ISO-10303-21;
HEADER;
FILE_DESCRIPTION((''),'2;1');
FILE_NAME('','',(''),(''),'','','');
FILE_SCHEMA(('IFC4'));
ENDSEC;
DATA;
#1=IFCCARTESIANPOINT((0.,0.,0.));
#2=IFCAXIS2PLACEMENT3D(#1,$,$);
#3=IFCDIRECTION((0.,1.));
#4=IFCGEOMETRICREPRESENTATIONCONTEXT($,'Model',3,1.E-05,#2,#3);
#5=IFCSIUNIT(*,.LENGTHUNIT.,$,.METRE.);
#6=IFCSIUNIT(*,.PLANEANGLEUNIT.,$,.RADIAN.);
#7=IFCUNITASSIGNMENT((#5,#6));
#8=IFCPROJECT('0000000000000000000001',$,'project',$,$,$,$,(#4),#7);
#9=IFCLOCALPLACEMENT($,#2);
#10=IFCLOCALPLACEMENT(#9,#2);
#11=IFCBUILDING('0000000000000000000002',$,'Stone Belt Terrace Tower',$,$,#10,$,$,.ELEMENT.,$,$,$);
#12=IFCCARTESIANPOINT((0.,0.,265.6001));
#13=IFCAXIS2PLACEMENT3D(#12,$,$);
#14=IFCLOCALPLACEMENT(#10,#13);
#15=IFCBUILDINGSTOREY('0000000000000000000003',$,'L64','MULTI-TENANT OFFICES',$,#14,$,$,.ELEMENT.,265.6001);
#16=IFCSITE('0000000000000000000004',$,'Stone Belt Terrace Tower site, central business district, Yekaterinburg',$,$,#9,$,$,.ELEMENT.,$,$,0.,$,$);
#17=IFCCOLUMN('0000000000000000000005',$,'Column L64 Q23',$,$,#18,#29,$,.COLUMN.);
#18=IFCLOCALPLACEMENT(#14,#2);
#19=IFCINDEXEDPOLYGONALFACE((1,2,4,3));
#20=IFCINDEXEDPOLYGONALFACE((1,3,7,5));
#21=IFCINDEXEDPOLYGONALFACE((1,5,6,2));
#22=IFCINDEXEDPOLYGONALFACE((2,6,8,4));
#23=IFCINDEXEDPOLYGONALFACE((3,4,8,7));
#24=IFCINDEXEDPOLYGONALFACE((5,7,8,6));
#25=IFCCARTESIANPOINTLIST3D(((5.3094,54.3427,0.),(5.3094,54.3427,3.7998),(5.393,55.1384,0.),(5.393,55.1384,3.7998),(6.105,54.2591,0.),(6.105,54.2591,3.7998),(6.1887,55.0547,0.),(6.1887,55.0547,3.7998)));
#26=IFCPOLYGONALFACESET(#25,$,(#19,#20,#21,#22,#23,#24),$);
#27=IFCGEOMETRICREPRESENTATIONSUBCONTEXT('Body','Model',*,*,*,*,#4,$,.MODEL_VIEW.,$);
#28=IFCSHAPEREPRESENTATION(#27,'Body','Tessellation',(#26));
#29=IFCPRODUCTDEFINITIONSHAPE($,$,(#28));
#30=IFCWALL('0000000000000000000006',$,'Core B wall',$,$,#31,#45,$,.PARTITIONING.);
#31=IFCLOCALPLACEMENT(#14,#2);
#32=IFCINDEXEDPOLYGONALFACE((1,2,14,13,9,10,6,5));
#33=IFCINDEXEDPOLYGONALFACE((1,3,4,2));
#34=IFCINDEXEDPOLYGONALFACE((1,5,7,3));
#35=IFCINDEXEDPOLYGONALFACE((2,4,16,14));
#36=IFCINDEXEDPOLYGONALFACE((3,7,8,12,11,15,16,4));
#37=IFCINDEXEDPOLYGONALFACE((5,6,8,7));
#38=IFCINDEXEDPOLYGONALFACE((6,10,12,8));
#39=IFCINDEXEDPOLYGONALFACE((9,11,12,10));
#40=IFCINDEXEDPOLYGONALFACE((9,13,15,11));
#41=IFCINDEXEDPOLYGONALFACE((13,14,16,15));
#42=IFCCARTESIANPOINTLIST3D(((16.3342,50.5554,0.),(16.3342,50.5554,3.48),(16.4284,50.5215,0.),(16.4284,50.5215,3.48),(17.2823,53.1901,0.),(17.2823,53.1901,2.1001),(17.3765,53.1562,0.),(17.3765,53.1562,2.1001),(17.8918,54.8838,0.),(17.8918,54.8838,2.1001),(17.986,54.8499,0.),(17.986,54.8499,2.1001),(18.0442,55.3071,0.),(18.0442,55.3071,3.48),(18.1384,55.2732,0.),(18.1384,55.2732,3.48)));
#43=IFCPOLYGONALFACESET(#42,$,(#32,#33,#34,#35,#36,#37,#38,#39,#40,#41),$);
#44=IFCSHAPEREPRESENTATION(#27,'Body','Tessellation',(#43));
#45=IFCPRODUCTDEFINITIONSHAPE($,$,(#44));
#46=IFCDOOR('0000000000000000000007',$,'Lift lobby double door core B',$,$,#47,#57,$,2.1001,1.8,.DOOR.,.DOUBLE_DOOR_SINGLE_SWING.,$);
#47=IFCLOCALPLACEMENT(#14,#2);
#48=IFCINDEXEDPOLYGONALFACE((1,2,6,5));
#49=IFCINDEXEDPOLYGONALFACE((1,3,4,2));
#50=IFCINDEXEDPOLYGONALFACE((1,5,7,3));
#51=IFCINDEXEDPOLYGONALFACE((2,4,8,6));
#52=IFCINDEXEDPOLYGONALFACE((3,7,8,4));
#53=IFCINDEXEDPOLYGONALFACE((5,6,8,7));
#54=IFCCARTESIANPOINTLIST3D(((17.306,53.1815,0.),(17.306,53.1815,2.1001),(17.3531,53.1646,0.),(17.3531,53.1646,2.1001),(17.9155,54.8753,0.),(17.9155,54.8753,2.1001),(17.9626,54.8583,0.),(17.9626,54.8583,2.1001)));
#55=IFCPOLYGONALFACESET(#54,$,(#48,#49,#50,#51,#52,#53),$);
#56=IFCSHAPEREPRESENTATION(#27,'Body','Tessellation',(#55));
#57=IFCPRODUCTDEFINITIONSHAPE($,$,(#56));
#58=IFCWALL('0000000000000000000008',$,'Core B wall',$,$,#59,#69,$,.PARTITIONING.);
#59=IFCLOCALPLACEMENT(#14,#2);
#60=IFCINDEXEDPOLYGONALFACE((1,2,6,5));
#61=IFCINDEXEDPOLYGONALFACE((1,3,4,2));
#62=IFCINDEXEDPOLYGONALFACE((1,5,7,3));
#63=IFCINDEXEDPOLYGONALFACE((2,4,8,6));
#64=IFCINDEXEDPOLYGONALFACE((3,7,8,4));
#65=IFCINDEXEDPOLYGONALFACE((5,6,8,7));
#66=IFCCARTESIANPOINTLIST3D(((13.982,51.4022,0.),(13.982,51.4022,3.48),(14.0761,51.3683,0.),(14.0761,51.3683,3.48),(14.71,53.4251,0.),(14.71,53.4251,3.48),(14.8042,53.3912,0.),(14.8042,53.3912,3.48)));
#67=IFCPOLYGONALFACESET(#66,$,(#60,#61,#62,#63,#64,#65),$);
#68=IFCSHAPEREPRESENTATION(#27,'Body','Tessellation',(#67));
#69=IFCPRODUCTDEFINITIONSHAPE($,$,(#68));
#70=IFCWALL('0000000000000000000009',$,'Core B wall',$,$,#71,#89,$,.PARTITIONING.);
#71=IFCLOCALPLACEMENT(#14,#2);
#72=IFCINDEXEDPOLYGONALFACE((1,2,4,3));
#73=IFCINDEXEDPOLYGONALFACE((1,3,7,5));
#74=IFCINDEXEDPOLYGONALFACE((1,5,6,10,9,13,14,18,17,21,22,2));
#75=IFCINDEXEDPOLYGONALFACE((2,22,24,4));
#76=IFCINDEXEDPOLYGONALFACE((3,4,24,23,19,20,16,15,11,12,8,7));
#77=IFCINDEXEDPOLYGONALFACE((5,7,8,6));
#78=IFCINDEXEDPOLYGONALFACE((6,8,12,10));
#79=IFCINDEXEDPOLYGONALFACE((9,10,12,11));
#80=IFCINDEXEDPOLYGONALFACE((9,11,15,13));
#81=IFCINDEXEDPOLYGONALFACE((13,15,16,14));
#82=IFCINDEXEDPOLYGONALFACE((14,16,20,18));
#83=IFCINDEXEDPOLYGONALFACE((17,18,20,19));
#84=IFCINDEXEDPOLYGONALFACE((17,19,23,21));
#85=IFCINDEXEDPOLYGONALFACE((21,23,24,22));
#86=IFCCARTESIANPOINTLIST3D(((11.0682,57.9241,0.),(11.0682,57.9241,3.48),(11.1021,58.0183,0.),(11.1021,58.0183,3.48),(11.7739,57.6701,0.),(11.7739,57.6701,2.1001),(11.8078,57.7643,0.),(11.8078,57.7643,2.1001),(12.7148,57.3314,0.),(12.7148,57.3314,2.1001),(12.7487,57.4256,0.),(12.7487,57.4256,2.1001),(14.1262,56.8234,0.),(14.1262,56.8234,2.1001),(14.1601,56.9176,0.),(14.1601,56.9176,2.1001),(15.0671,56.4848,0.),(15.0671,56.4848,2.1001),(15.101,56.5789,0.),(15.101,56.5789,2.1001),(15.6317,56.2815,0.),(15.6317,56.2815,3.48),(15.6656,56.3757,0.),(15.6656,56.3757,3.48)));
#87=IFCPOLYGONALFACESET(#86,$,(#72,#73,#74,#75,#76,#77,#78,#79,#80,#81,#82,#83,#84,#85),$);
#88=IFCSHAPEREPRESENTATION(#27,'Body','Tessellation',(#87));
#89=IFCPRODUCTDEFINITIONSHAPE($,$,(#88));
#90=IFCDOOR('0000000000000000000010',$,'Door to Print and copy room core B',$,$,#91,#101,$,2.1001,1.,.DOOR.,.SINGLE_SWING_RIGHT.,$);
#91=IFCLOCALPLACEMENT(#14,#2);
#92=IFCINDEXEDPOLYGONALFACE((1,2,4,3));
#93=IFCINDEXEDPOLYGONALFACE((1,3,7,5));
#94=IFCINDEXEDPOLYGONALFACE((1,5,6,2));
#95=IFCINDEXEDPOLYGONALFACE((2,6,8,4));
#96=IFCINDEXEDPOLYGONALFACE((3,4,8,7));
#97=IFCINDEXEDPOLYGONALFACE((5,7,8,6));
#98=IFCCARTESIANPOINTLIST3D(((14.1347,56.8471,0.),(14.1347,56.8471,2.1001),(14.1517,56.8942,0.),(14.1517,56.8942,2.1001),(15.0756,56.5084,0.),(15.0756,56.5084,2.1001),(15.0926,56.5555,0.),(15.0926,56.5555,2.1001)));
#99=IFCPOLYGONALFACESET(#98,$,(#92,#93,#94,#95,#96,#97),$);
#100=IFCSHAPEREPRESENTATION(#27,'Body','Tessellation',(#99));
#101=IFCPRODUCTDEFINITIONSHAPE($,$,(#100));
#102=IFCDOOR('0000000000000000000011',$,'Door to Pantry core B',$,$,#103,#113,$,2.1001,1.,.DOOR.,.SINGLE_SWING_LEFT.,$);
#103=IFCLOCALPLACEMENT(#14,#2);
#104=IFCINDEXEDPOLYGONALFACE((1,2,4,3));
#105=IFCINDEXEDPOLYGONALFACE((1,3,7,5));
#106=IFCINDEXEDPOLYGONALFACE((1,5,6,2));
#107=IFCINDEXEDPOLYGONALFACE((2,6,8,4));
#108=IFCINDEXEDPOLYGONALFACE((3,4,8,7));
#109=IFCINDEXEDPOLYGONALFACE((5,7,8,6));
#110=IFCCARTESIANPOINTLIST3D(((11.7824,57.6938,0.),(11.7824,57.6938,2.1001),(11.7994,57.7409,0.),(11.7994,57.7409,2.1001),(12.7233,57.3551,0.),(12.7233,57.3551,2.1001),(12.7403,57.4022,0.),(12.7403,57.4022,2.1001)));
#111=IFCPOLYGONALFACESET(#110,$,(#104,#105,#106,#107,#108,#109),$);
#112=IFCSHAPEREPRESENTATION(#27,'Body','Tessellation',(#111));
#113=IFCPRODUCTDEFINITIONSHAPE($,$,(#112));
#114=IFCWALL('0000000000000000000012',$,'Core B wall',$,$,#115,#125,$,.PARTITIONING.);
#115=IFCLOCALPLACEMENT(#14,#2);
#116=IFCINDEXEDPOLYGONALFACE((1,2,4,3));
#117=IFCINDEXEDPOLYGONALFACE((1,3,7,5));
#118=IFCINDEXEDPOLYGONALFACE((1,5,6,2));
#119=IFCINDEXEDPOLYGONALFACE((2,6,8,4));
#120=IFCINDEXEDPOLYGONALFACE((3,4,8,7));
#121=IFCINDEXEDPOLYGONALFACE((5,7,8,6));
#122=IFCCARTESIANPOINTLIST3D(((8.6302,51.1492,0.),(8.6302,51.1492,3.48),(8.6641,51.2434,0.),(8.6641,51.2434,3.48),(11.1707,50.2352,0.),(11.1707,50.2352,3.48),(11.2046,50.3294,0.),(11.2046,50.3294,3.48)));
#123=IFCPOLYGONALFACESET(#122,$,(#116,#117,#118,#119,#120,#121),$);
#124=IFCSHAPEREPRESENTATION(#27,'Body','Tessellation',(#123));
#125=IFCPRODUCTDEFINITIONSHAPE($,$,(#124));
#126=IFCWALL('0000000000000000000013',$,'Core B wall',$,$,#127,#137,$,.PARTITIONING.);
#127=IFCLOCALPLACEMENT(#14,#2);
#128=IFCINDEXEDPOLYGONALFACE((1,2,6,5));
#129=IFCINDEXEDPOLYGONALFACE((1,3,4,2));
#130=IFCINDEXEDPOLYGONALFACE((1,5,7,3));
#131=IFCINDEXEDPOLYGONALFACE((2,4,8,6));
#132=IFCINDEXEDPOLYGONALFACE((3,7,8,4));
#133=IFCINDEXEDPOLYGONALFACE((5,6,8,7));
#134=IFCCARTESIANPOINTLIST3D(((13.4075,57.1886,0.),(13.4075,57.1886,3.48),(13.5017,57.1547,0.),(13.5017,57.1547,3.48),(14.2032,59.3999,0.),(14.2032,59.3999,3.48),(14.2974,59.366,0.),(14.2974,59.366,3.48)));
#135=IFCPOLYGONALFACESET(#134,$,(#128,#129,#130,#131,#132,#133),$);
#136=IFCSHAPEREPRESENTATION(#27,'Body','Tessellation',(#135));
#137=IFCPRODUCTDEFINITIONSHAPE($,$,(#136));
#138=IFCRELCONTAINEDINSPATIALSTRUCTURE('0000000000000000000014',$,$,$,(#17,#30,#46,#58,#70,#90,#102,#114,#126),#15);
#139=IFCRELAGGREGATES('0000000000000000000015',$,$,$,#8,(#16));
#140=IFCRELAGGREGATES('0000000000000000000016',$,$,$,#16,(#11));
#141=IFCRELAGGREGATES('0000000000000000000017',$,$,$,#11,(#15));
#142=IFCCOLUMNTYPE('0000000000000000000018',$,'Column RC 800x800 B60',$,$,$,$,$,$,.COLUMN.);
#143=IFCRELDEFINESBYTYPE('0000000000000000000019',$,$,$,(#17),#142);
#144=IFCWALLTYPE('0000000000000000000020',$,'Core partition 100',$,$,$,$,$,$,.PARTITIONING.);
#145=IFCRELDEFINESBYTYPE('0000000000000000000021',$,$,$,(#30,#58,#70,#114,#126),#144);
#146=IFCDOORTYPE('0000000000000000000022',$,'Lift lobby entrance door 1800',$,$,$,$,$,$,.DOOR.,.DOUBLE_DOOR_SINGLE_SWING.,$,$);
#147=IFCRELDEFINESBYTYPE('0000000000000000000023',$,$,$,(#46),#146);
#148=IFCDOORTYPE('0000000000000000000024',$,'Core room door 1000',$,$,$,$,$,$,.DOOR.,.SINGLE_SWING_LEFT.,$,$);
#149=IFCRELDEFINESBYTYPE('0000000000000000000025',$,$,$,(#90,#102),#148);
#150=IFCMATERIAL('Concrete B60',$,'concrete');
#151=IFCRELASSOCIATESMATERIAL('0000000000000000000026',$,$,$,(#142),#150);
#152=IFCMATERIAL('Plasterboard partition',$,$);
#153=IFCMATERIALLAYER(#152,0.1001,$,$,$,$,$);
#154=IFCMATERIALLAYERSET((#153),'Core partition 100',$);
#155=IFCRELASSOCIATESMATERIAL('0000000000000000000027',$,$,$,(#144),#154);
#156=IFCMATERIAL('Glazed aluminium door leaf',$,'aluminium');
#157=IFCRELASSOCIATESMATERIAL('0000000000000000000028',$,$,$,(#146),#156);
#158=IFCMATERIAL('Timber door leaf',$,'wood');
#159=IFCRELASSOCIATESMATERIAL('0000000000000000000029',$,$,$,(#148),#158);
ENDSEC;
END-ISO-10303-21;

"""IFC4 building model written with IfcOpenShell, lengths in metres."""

from ifc_helpers import new_model, si_unit, direction, frame, frame_2d, origin, origin_2d, place, context, subcontext, project, spatial, rectangle, extrude, material, layer, layer_set, material_profile, profile_set, type_object, element, fill, save


model = new_model("IFC4")

# Units and contexts
model_context = context("Model", 3, precision=1e-05, world=origin(), true_north=direction((0.0, 1.0)))
body_context = subcontext(model_context, "Body", "Model", "MODEL_VIEW")
ifc_project = project(units=[si_unit("LENGTHUNIT", "METRE"), si_unit("PLANEANGLEUNIT", "RADIAN")], contexts=[model_context])

# Site, building, storey
site_placement = place(None, origin())
site = spatial("IfcSite", under=ifc_project, at=site_placement, Name="Stone Belt Terrace Tower site, central business district, Yekaterinburg", CompositionType="ELEMENT", RefElevation=0.0)
building_placement = place(site_placement, origin())
building = spatial("IfcBuilding", under=site, at=building_placement, Name="Stone Belt Terrace Tower", CompositionType="ELEMENT")
storey_placement = place(building_placement, frame((0.0, 0.0, 265.6001)))
storey = spatial("IfcBuildingStorey", under=building, at=storey_placement, Name="L64", Description="MULTI-TENANT OFFICES", CompositionType="ELEMENT", Elevation=265.6001)

# Column
ifc_material_1 = material(Name="Concrete B60", Category="concrete")
ifc_material_profile = material_profile(ifc_material_1, rectangle(XDim=0.8, YDim=0.8, at=origin_2d()), Name="RC 800x800")
ifc_profile_set = profile_set([ifc_material_profile], Name="Concrete B60")
column_type = type_object("IfcColumnType", Name="Column RC 800x800 B60", PredefinedType="COLUMN", material=ifc_profile_set)
column_placement = place(storey_placement, frame((5.749, 54.6987, 0.0), z_axis=(0.0, 0.0, 1.0), x_axis=(0.994522, -0.104528, 0.0)))
element("IfcColumn", 1, at=column_placement, inside=storey, type_object=column_type, Name="Column L64 Q23", PredefinedType="COLUMN", context=body_context, shape_type="SweptSolid", body=[
    extrude(rectangle(XDim=0.8, YDim=0.8, at=origin_2d()), origin(), (0.0, 0.0, 1.0), 3.7998),
])

# Wall, opening, door
ifc_material_2 = material(Name="Plasterboard partition")
ifc_layer_1 = layer(ifc_material_2, 0.1001)
ifc_layer_set_1 = layer_set([ifc_layer_1], Name="Core partition 100")
wall_type_1 = type_object("IfcWallType", Name="Core partition 100", PredefinedType="PARTITIONING", material=ifc_layer_set_1)
wall_1_placement = place(storey_placement, frame((16.3813, 50.5386, 0.0), z_axis=(0.0, 0.0, 1.0), x_axis=(0.338605, 0.940929, 0.0)))
wall_1 = element("IfcWall", 2, at=wall_1_placement, inside=storey, type_object=wall_type_1, Name="Core B wall", PredefinedType="PARTITIONING", context=body_context, shape_type="SweptSolid", body=[
    extrude(rectangle(XDim=5.05, YDim=0.1001, at=frame_2d((2.5249, 0.0))), origin(), (0.0, 0.0, 1.0), 3.48),
])
opening_1_placement = place(wall_1_placement, frame((2.8, 0.0, 0.0)))
opening_1 = element("IfcOpeningElement", 3, at=opening_1_placement, cuts=wall_1, PredefinedType="OPENING", context=body_context, shape_type="SweptSolid", body=[
    extrude(rectangle(XDim=1.8, YDim=2.1001, at=frame_2d((0.8999, 1.05))), frame((0.0, 0.0601, 0.0), z_axis=(0.0, -1.0, 0.0), x_axis=(1.0, 0.0, 0.0)), (0.0, 0.0, 1.0), 0.1201),
])
ifc_material_3 = material(Name="Glazed aluminium door leaf", Category="aluminium")
door_type_1 = type_object("IfcDoorType", Name="Lift lobby entrance door 1800", OperationType="DOUBLE_DOOR_SINGLE_SWING", PredefinedType="DOOR", material=ifc_material_3)
door_1_placement = place(opening_1_placement, origin())
door_1 = element("IfcDoor", 4, at=door_1_placement, inside=storey, type_object=door_type_1, Name="Lift lobby double door core B", OperationType="DOUBLE_DOOR_SINGLE_SWING", OverallHeight=2.1001, OverallWidth=1.8, PredefinedType="DOOR", context=body_context, shape_type="SweptSolid", body=[
    extrude(rectangle(XDim=1.8, YDim=2.1001, at=frame_2d((0.8999, 1.05))), frame((0.0, 0.0249, 0.0), z_axis=(0.0, -1.0, 0.0), x_axis=(1.0, 0.0, 0.0)), (0.0, 0.0, 1.0), 0.05),
])
fill(opening_1, door_1)

# Wall
wall_2_placement = place(storey_placement, frame((14.0291, 51.3853, 0.0), z_axis=(0.0, 0.0, 1.0), x_axis=(0.338623, 0.940922, 0.0)))
element("IfcWall", 5, at=wall_2_placement, inside=storey, type_object=wall_type_1, Name="Core B wall", PredefinedType="PARTITIONING", context=body_context, shape_type="SweptSolid", body=[
    extrude(rectangle(XDim=2.1499, YDim=0.1001, at=frame_2d((1.075, 0.0))), origin(), (0.0, 0.0, 1.0), 3.48),
])

# Wall, openings, doors
wall_3_placement = place(storey_placement, frame((15.6487, 56.3286, 0.0), z_axis=(0.0, 0.0, 1.0), x_axis=(-0.940905, 0.33867, 0.0)))
wall_3 = element("IfcWall", 6, at=wall_3_placement, inside=storey, type_object=wall_type_1, Name="Core B wall", PredefinedType="PARTITIONING", context=body_context, shape_type="SweptSolid", body=[
    extrude(rectangle(XDim=4.8501, YDim=0.1001, at=frame_2d((2.425, 0.0))), origin(), (0.0, 0.0, 1.0), 3.48),
])
opening_2_placement = place(wall_3_placement, frame((0.6001, 0.0, 0.0)))
opening_2 = element("IfcOpeningElement", 7, at=opening_2_placement, cuts=wall_3, PredefinedType="OPENING", context=body_context, shape_type="SweptSolid", body=[
    extrude(rectangle(XDim=1.0, YDim=2.1001, at=frame_2d((0.5, 1.05))), frame((0.0, 0.0601, 0.0), z_axis=(0.0, -1.0, 0.0), x_axis=(1.0, 0.0, 0.0)), (0.0, 0.0, 1.0), 0.1201),
])
opening_3_placement = place(wall_3_placement, frame((3.1001, 0.0, 0.0)))
opening_3 = element("IfcOpeningElement", 8, at=opening_3_placement, cuts=wall_3, PredefinedType="OPENING", context=body_context, shape_type="SweptSolid", body=[
    extrude(rectangle(XDim=1.0, YDim=2.1001, at=frame_2d((0.5, 1.05))), frame((0.0, 0.0601, 0.0), z_axis=(0.0, -1.0, 0.0), x_axis=(1.0, 0.0, 0.0)), (0.0, 0.0, 1.0), 0.1201),
])
ifc_material_4 = material(Name="Timber door leaf", Category="wood")
door_type_2 = type_object("IfcDoorType", Name="Core room door 1000", OperationType="SINGLE_SWING_LEFT", PredefinedType="DOOR", material=ifc_material_4)
door_2_placement = place(opening_2_placement, origin())
door_2 = element("IfcDoor", 9, at=door_2_placement, inside=storey, type_object=door_type_2, Name="Door to Print and copy room core B", OperationType="SINGLE_SWING_RIGHT", OverallHeight=2.1001, OverallWidth=1.0, PredefinedType="DOOR", context=body_context, shape_type="SweptSolid", body=[
    extrude(rectangle(XDim=1.0, YDim=2.1001, at=frame_2d((0.5, 1.05))), frame((0.0, 0.0249, 0.0), z_axis=(0.0, -1.0, 0.0), x_axis=(1.0, 0.0, 0.0)), (0.0, 0.0, 1.0), 0.05),
])
fill(opening_2, door_2)
door_3_placement = place(opening_3_placement, origin())
door_3 = element("IfcDoor", 10, at=door_3_placement, inside=storey, type_object=door_type_2, Name="Door to Pantry core B", OperationType="SINGLE_SWING_LEFT", OverallHeight=2.1001, OverallWidth=1.0, PredefinedType="DOOR", context=body_context, shape_type="SweptSolid", body=[
    extrude(rectangle(XDim=1.0, YDim=2.1001, at=frame_2d((0.5, 1.05))), frame((0.0, 0.0249, 0.0), z_axis=(0.0, -1.0, 0.0), x_axis=(1.0, 0.0, 0.0)), (0.0, 0.0, 1.0), 0.05),
])
fill(opening_3, door_3)

# Walls
wall_4_placement = place(storey_placement, frame((11.1877, 50.2822, 0.0), z_axis=(0.0, 0.0, 1.0), x_axis=(-0.94095, 0.338547, 0.0)))
element("IfcWall", 11, at=wall_4_placement, inside=storey, type_object=wall_type_1, Name="Core B wall", PredefinedType="PARTITIONING", context=body_context, shape_type="SweptSolid", body=[
    extrude(rectangle(XDim=2.7, YDim=0.1001, at=frame_2d((1.3501, 0.0))), origin(), (0.0, 0.0, 1.0), 3.48),
])
wall_5_placement = place(storey_placement, frame((13.4546, 57.1716, 0.0), z_axis=(0.0, 0.0, 1.0), x_axis=(0.33858, 0.940938, 0.0)))
element("IfcWall", 12, at=wall_5_placement, inside=storey, type_object=wall_type_1, Name="Core B wall", PredefinedType="PARTITIONING", context=body_context, shape_type="SweptSolid", body=[
    extrude(rectangle(XDim=2.3501, YDim=0.1001, at=frame_2d((1.175, 0.0))), origin(), (0.0, 0.0, 1.0), 3.48),
])

save(model, "model.ifc")
